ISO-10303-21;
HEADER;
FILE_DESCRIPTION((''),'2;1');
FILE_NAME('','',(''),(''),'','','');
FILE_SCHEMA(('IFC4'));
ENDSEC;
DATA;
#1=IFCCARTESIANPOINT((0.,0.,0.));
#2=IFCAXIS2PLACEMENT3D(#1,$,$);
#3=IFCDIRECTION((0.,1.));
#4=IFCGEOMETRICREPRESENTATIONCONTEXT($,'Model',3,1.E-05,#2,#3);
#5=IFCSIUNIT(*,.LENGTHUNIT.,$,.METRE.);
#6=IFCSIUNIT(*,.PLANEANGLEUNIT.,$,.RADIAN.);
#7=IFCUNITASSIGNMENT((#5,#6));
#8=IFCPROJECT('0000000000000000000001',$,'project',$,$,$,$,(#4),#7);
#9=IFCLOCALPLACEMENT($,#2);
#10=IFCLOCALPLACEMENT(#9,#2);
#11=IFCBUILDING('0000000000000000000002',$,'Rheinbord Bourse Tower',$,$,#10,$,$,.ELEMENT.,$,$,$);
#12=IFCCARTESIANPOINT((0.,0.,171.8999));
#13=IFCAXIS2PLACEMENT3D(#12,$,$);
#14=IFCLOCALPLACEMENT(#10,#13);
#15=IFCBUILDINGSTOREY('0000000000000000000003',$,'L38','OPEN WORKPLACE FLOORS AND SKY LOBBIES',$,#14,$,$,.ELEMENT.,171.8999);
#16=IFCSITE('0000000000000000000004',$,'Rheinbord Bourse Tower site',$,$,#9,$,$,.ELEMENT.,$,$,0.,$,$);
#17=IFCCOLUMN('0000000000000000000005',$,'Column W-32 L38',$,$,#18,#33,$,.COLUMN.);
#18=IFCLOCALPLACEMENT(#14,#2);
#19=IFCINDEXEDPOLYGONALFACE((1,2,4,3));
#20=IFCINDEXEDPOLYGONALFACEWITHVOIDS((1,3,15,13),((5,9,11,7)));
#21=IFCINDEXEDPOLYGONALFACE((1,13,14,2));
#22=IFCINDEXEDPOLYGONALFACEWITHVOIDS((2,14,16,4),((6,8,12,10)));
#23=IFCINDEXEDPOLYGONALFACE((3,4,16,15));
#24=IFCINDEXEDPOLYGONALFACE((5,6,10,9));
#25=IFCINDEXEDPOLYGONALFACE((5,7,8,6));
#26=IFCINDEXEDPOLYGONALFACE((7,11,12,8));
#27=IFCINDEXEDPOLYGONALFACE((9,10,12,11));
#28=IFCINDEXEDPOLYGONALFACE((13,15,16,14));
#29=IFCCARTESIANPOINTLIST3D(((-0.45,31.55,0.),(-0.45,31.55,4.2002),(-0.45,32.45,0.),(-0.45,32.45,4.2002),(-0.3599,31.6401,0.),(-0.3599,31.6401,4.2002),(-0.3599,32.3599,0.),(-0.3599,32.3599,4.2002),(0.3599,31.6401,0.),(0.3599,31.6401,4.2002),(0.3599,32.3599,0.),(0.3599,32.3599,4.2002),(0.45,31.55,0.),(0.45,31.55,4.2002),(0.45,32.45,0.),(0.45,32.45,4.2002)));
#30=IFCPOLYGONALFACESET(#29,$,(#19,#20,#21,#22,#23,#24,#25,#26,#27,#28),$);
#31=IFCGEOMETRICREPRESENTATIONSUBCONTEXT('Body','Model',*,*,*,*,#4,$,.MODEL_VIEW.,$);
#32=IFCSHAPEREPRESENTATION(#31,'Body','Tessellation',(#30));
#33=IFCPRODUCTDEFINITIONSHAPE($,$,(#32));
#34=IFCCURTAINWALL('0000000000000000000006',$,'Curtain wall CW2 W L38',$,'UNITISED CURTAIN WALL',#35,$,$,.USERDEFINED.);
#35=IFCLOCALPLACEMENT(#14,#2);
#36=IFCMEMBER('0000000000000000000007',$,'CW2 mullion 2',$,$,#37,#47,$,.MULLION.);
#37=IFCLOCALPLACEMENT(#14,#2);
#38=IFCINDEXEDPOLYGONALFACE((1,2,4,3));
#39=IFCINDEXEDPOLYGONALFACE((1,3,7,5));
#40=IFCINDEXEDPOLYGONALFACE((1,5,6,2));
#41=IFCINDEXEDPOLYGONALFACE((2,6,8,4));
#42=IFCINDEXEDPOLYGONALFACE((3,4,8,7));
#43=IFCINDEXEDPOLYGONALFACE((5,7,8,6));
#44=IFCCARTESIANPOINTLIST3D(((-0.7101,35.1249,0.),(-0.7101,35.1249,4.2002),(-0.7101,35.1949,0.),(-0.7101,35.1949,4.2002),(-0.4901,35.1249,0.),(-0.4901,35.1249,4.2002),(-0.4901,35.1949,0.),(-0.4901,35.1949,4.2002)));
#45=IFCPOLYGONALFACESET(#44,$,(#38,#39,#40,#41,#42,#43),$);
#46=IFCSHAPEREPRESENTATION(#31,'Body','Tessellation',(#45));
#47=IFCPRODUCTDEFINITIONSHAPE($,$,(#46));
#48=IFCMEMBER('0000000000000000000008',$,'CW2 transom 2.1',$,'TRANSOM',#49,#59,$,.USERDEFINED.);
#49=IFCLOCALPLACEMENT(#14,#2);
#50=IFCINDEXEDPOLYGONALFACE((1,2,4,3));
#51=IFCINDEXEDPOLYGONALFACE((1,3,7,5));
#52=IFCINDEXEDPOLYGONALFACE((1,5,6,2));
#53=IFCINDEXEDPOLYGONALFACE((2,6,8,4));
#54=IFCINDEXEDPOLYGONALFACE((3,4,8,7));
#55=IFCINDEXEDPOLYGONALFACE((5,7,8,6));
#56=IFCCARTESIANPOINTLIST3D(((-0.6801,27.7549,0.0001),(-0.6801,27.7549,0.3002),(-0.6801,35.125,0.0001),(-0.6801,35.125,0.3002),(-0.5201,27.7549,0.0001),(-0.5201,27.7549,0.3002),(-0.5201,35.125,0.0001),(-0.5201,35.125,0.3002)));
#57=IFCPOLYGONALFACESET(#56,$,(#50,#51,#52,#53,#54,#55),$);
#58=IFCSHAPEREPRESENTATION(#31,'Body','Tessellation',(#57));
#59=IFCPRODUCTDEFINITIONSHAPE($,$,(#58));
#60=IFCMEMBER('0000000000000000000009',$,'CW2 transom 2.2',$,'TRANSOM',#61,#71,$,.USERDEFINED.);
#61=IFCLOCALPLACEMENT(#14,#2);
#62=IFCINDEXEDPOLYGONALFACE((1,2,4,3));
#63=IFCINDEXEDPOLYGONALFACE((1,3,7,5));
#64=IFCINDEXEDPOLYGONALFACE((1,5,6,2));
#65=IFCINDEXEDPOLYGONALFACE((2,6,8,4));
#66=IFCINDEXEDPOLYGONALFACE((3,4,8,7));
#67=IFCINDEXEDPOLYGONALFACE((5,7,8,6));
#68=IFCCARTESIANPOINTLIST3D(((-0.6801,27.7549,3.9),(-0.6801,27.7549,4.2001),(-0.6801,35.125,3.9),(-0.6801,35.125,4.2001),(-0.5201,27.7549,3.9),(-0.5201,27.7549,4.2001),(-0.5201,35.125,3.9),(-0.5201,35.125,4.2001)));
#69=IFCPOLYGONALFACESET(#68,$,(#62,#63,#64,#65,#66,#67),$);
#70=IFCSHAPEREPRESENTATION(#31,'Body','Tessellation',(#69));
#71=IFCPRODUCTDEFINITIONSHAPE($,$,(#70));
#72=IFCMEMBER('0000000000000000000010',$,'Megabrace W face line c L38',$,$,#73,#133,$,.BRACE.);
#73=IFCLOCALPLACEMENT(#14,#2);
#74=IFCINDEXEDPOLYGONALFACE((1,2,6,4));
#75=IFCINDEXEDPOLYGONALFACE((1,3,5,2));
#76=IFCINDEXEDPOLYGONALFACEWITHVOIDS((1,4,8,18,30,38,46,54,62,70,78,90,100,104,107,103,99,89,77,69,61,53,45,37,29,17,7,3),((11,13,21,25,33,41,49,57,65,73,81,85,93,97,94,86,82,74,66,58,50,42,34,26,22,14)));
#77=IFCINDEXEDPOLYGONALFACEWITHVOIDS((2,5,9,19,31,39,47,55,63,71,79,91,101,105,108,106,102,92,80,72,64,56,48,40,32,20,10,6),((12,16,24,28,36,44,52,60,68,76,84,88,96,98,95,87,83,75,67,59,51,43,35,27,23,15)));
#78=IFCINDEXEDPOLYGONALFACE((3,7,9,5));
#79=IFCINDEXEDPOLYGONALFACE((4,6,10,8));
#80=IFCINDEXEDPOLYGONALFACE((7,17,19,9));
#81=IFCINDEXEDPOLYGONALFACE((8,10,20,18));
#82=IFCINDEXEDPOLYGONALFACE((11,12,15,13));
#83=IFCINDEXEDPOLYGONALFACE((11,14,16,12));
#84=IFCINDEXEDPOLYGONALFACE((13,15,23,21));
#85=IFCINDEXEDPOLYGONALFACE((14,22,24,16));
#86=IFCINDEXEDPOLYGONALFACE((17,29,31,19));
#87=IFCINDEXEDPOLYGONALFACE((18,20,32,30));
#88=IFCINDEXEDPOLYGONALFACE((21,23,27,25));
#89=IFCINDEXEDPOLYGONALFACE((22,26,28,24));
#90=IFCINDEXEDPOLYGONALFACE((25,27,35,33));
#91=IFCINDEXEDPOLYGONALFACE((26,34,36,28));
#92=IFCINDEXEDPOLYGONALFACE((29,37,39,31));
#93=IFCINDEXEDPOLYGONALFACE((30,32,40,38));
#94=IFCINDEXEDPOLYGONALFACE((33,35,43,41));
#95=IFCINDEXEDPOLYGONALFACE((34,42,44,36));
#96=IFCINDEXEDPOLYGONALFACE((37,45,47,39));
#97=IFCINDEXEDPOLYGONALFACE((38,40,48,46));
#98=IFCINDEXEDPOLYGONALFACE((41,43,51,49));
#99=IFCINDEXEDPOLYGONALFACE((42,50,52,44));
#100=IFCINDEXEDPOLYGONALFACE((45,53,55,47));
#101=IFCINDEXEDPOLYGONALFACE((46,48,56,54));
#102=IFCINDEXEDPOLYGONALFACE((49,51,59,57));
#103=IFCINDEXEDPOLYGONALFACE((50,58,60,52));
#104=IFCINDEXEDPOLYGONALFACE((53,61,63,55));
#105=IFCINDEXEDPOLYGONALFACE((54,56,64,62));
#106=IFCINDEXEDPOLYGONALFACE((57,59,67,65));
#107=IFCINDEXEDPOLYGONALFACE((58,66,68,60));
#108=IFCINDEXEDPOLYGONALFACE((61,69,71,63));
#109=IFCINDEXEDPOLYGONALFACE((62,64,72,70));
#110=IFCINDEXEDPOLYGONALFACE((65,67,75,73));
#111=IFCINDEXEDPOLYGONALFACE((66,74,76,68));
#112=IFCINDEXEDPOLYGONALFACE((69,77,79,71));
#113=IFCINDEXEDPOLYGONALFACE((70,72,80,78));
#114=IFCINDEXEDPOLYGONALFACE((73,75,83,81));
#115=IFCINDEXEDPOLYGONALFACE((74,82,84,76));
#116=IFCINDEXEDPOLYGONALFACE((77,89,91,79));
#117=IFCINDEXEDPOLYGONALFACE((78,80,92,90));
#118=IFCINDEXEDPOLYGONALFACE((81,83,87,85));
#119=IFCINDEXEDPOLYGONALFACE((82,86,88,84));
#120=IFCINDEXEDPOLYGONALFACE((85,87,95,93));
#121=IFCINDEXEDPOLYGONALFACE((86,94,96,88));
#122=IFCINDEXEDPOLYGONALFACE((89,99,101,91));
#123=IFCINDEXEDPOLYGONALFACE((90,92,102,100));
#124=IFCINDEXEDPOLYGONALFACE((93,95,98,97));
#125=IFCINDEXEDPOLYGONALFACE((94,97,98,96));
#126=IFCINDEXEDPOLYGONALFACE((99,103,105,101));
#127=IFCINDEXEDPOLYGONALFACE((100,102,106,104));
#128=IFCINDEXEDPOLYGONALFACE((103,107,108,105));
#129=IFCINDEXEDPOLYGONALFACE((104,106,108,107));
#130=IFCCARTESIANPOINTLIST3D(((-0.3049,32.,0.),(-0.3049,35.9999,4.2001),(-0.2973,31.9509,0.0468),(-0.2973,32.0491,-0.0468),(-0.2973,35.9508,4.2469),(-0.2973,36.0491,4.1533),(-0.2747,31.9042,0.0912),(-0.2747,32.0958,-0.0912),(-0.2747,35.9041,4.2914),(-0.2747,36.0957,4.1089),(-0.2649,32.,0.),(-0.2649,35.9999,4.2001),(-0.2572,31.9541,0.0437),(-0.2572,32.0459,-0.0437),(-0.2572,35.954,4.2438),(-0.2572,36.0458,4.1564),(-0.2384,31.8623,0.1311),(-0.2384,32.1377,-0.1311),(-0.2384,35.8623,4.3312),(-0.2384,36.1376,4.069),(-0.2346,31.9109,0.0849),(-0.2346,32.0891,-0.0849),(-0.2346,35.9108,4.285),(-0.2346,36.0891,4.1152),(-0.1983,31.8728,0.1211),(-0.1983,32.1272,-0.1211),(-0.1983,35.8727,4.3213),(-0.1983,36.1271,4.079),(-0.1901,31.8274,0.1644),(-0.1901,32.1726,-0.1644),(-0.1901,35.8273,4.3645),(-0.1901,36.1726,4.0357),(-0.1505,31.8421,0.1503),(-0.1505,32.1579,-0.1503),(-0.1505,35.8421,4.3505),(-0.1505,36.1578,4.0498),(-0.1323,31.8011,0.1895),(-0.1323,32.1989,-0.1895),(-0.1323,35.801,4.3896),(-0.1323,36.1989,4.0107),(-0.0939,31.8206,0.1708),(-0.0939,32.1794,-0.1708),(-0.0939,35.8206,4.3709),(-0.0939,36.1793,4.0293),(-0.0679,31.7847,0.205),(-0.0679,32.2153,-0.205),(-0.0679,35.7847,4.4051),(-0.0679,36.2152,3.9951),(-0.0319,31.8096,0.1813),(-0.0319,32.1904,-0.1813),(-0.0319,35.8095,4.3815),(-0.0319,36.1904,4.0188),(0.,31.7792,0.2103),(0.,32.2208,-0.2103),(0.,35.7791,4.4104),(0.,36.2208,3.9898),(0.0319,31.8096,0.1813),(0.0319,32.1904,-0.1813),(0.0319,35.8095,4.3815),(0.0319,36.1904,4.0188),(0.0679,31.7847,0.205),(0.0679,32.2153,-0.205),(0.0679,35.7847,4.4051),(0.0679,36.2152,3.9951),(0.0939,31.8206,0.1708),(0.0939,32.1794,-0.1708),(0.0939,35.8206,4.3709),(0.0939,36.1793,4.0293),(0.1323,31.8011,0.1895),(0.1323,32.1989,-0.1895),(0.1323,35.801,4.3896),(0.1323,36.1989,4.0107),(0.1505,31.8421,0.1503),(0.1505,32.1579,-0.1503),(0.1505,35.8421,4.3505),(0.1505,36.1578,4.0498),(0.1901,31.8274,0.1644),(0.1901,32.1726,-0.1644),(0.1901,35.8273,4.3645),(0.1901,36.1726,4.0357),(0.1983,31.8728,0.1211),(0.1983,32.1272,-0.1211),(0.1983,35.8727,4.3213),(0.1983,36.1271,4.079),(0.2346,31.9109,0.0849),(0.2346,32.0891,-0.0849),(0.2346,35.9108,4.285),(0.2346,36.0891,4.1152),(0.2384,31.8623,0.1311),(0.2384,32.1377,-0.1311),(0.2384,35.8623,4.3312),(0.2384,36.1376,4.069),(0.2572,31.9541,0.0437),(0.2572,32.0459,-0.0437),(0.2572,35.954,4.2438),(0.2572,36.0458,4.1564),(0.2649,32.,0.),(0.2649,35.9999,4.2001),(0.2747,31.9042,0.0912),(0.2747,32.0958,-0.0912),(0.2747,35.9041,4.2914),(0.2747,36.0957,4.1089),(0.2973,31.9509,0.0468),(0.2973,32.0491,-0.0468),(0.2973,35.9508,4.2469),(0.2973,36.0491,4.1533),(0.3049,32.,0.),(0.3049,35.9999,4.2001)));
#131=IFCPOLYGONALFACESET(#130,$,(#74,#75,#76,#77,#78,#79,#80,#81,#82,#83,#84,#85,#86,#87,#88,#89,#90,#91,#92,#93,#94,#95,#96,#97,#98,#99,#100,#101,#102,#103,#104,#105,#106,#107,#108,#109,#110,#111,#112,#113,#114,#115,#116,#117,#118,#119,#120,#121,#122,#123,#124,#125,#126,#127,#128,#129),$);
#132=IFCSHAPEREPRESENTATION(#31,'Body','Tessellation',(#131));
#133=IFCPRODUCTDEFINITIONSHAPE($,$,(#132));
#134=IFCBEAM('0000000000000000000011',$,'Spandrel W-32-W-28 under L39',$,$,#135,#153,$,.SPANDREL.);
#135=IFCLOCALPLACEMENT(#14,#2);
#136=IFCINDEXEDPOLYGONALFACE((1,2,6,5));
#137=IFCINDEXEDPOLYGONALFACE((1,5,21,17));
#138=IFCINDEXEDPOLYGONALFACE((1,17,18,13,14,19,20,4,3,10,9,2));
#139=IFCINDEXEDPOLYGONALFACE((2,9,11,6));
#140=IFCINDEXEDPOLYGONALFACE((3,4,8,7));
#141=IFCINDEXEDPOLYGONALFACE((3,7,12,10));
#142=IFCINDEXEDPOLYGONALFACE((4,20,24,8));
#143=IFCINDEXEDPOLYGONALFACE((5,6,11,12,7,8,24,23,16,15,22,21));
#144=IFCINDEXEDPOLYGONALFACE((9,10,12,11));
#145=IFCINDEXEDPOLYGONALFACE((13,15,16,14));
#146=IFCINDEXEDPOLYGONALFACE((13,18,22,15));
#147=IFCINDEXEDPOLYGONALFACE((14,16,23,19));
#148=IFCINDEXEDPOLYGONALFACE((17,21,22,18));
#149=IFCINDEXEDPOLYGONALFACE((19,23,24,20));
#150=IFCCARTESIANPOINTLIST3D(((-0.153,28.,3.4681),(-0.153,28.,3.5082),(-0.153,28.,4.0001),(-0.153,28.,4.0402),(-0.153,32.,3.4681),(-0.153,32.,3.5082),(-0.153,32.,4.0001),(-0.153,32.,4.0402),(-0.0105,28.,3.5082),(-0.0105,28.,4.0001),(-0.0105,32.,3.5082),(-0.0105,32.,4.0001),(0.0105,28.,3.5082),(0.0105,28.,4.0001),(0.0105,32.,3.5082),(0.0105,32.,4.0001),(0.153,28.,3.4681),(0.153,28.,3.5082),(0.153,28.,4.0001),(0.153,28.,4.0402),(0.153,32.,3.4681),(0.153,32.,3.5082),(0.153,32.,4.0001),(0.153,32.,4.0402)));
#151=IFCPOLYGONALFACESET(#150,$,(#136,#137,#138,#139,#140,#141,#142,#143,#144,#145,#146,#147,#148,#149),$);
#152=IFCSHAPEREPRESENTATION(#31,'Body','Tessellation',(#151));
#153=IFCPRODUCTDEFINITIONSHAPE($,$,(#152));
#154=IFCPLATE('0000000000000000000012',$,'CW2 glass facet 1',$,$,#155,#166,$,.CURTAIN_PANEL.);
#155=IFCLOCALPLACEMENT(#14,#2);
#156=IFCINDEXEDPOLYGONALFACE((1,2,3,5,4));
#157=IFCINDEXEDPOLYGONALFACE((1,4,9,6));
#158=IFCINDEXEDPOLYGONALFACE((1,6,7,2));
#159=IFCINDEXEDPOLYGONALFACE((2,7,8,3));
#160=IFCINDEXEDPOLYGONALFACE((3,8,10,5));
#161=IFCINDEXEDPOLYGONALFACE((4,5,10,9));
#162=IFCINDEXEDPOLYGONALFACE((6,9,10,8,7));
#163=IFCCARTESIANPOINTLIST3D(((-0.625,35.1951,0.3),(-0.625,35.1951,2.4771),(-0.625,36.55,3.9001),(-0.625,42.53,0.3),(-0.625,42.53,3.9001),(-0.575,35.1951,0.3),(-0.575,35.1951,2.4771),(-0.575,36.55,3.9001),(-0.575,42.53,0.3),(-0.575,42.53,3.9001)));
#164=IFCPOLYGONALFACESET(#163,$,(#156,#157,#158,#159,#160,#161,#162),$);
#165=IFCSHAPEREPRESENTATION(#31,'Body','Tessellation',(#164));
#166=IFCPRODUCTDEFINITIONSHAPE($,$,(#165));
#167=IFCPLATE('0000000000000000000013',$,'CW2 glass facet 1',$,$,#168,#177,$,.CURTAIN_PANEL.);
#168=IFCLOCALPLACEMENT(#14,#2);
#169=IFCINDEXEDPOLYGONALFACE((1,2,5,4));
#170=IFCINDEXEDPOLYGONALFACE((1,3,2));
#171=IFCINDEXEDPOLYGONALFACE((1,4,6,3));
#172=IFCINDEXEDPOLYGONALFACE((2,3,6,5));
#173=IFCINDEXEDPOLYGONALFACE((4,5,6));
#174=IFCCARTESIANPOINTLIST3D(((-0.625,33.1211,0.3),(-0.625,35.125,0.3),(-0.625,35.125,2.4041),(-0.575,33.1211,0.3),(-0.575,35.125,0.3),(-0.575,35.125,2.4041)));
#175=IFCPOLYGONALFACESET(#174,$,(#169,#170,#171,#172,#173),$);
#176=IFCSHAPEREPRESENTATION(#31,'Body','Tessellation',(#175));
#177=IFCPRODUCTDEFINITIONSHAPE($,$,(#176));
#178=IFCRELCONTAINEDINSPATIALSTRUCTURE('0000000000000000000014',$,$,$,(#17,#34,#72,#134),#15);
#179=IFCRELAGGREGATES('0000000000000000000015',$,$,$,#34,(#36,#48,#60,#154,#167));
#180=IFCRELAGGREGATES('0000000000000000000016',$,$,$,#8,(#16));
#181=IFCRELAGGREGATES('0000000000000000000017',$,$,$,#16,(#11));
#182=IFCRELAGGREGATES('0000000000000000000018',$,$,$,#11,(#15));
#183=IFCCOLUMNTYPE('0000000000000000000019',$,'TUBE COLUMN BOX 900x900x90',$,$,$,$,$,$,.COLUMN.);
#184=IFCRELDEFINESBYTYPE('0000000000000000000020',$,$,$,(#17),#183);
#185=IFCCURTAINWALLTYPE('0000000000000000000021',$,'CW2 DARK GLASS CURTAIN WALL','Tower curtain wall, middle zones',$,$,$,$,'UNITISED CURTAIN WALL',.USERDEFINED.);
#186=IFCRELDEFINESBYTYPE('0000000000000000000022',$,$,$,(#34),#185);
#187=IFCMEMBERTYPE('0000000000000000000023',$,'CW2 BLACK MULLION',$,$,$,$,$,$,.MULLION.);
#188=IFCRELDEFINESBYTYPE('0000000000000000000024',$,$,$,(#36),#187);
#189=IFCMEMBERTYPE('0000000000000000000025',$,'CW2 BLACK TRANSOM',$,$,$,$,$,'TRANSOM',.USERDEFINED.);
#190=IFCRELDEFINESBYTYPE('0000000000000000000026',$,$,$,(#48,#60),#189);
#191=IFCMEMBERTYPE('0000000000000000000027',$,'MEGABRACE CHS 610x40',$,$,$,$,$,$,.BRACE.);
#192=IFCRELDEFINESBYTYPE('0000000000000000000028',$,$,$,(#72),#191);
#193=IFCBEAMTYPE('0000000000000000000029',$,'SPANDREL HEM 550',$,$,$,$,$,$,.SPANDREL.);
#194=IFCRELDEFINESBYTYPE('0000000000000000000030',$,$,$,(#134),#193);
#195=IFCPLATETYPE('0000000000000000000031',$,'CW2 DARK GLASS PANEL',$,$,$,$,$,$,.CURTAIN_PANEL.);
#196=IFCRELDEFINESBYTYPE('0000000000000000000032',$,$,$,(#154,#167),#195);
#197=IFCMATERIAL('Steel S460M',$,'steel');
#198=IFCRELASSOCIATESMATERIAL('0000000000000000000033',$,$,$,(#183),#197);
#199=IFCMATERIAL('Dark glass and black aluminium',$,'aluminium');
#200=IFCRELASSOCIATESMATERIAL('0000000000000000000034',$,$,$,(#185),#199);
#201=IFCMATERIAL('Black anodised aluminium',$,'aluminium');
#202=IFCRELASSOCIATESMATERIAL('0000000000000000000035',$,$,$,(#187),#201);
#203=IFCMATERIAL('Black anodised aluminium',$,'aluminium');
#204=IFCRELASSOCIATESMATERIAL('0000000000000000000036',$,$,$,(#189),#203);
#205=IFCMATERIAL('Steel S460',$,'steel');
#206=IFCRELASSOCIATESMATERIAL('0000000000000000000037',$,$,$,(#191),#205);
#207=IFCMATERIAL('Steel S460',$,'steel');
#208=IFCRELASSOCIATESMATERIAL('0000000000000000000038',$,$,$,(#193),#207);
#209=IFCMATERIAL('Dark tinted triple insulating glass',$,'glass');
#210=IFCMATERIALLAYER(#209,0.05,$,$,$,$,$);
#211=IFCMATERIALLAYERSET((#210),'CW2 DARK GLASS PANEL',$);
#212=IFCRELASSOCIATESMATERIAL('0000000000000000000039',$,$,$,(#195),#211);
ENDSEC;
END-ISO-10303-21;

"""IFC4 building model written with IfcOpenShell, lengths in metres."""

from ifc_helpers import new_model, si_unit, direction, frame, origin, origin_2d, place, context, subcontext, project, spatial, polyline, rectangle, hollow_rectangle, hollow_circle, i_section, outline, extrude, material, layer, layer_set, material_profile, profile_set, type_object, element, aggregate, save


model = new_model("IFC4")

# Units and contexts
model_context = context("Model", 3, precision=1e-05, world=origin(), true_north=direction((0.0, 1.0)))
body_context = subcontext(model_context, "Body", "Model", "MODEL_VIEW")
ifc_project = project(units=[si_unit("LENGTHUNIT", "METRE"), si_unit("PLANEANGLEUNIT", "RADIAN")], contexts=[model_context])

# Site, building, storey
site_placement = place(None, origin())
site = spatial("IfcSite", under=ifc_project, at=site_placement, Name="Rheinbord Bourse Tower site", CompositionType="ELEMENT", RefElevation=0.0)
building_placement = place(site_placement, origin())
building = spatial("IfcBuilding", under=site, at=building_placement, Name="Rheinbord Bourse Tower", CompositionType="ELEMENT")
storey_placement = place(building_placement, frame((0.0, 0.0, 171.8999)))
storey = spatial("IfcBuildingStorey", under=building, at=storey_placement, Name="L38", Description="OPEN WORKPLACE FLOORS AND SKY LOBBIES", CompositionType="ELEMENT", Elevation=171.8999)

# Column
ifc_material_1 = material(Name="Steel S460M", Category="steel")
ifc_material_profile_1 = material_profile(ifc_material_1, hollow_rectangle(XDim=0.8999, YDim=0.8999, WallThickness=0.0901, at=origin_2d()), Name="BOX 900x900x90")
ifc_profile_set_1 = profile_set([ifc_material_profile_1], Name="Steel S460M")
column_type = type_object("IfcColumnType", Name="TUBE COLUMN BOX 900x900x90", PredefinedType="COLUMN", material=ifc_profile_set_1)
column_placement = place(storey_placement, frame((0.0, 32.0, 0.0), z_axis=(0.0, 0.0, 1.0), x_axis=(1.0, 0.0, 0.0)))
element("IfcColumn", 1, at=column_placement, inside=storey, type_object=column_type, Name="Column W-32 L38", PredefinedType="COLUMN", context=body_context, shape_type="SweptSolid", body=[
    extrude(hollow_rectangle(XDim=0.8999, YDim=0.8999, WallThickness=0.0901, at=origin_2d()), origin(), (0.0, 0.0, 1.0), 4.2002),
])

# Curtain wall, members
ifc_material_2 = material(Name="Dark glass and black aluminium", Category="aluminium")
curtain_wall_type = type_object("IfcCurtainWallType", Name="CW2 DARK GLASS CURTAIN WALL", Description="Tower curtain wall, middle zones", ElementType="UNITISED CURTAIN WALL", PredefinedType="USERDEFINED", material=ifc_material_2)
curtain_wall_placement = place(storey_placement, origin())
curtain_wall = element("IfcCurtainWall", 2, at=curtain_wall_placement, inside=storey, type_object=curtain_wall_type, Name="Curtain wall CW2 W L38", ObjectType="UNITISED CURTAIN WALL", PredefinedType="USERDEFINED")
ifc_material_3 = material(Name="Black anodised aluminium", Category="aluminium")
ifc_material_profile_2 = material_profile(ifc_material_3, rectangle(XDim=0.22, YDim=0.0701, at=origin_2d()), Name="CW2 MULLION 70x220")
ifc_profile_set_2 = profile_set([ifc_material_profile_2], Name="Black anodised aluminium")
member_type_1 = type_object("IfcMemberType", Name="CW2 BLACK MULLION", PredefinedType="MULLION", material=ifc_profile_set_2)
member_1_placement = place(storey_placement, frame((-0.6001, 35.1599, 0.0), z_axis=(0.0, 0.0, 1.0), x_axis=(1.0, 0.0, 0.0)))
member_1 = element("IfcMember", 3, at=member_1_placement, type_object=member_type_1, Name="CW2 mullion 2", PredefinedType="MULLION", context=body_context, shape_type="SweptSolid", body=[
    extrude(rectangle(XDim=0.22, YDim=0.0701, at=origin_2d()), origin(), (0.0, 0.0, 1.0), 4.2002),
])
ifc_material_4 = material(Name="Black anodised aluminium", Category="aluminium")
ifc_material_profile_3 = material_profile(ifc_material_4, rectangle(XDim=0.1599, YDim=0.3, at=origin_2d()), Name="CW2 TRANSOM 300x160")
ifc_profile_set_3 = profile_set([ifc_material_profile_3], Name="Black anodised aluminium")
member_type_2 = type_object("IfcMemberType", Name="CW2 BLACK TRANSOM", ElementType="TRANSOM", PredefinedType="USERDEFINED", material=ifc_profile_set_3)
member_2_placement = place(storey_placement, frame((-0.6001, 35.125, 0.1501), z_axis=(0.0, -1.0, 0.0), x_axis=(1.0, 0.0, 0.0)))
member_2 = element("IfcMember", 4, at=member_2_placement, type_object=member_type_2, Name="CW2 transom 2.1", ObjectType="TRANSOM", PredefinedType="USERDEFINED", context=body_context, shape_type="SweptSolid", body=[
    extrude(rectangle(XDim=0.1599, YDim=0.3, at=origin_2d()), origin(), (0.0, 0.0, 1.0), 7.3701),
])
member_3_placement = place(storey_placement, frame((-0.6001, 35.125, 4.05), z_axis=(0.0, -1.0, 0.0), x_axis=(1.0, 0.0, 0.0)))
member_3 = element("IfcMember", 5, at=member_3_placement, type_object=member_type_2, Name="CW2 transom 2.2", ObjectType="TRANSOM", PredefinedType="USERDEFINED", context=body_context, shape_type="SweptSolid", body=[
    extrude(rectangle(XDim=0.1599, YDim=0.3, at=origin_2d()), origin(), (0.0, 0.0, 1.0), 7.3701),
])

# Member
ifc_material_5 = material(Name="Steel S460", Category="steel")
ifc_material_profile_4 = material_profile(ifc_material_5, hollow_circle(Radius=0.3049, WallThickness=0.04, at=origin_2d()), Name="CHS 610x40")
ifc_profile_set_4 = profile_set([ifc_material_profile_4], Name="Steel S460")
member_type_3 = type_object("IfcMemberType", Name="MEGABRACE CHS 610x40", PredefinedType="BRACE", material=ifc_profile_set_4)
member_4_placement = place(storey_placement, frame((0.0, 32.0, 0.0), z_axis=(0.0, 0.689638, 0.724154), x_axis=(-1.0, 0.0, 0.0)))
element("IfcMember", 6, at=member_4_placement, inside=storey, type_object=member_type_3, Name="Megabrace W face line c L38", PredefinedType="BRACE", context=body_context, shape_type="SweptSolid", body=[
    extrude(hollow_circle(Radius=0.3049, WallThickness=0.04, at=origin_2d()), origin(), (0.0, 0.0, 1.0), 5.8),
])

# Beam
ifc_material_6 = material(Name="Steel S460", Category="steel")
ifc_material_profile_5 = material_profile(ifc_material_6, i_section(OverallWidth=0.3059, OverallDepth=0.572, WebThickness=0.021, FlangeThickness=0.04, at=origin_2d()), Name="HEM 550")
ifc_profile_set_5 = profile_set([ifc_material_profile_5], Name="Steel S460")
beam_type = type_object("IfcBeamType", Name="SPANDREL HEM 550", PredefinedType="SPANDREL", material=ifc_profile_set_5)
beam_placement = place(storey_placement, frame((0.0, 32.0, 3.7542), z_axis=(0.0, -1.0, 0.0), x_axis=(1.0, 0.0, 0.0)))
element("IfcBeam", 7, at=beam_placement, inside=storey, type_object=beam_type, Name="Spandrel W-32-W-28 under L39", PredefinedType="SPANDREL", context=body_context, shape_type="SweptSolid", body=[
    extrude(i_section(OverallWidth=0.3059, OverallDepth=0.572, WebThickness=0.021, FlangeThickness=0.04, at=origin_2d()), origin(), (0.0, 0.0, 1.0), 4.0),
])

# Plates
ifc_material_7 = material(Name="Dark tinted triple insulating glass", Category="glass")
ifc_layer = layer(ifc_material_7, 0.05)
ifc_layer_set = layer_set([ifc_layer], Name="CW2 DARK GLASS PANEL")
plate_type = type_object("IfcPlateType", Name="CW2 DARK GLASS PANEL", PredefinedType="CURTAIN_PANEL", material=ifc_layer_set)
plate_1_placement = place(storey_placement, frame((-0.625, 35.1951, 0.3), z_axis=(1.0, 0.0, 0.0), x_axis=(0.0, 1.0, 0.0)))
plate_1 = element("IfcPlate", 8, at=plate_1_placement, type_object=plate_type, Name="CW2 glass facet 1", PredefinedType="CURTAIN_PANEL", context=body_context, shape_type="SweptSolid", body=[
    extrude(outline(polyline([(0.0, 0.0), (7.335, 0.0), (7.335, 3.6001), (1.355, 3.6001), (0.0, 2.177), (0.0, 0.0)])), origin(), (0.0, 0.0, 1.0), 0.05),
])
plate_2_placement = place(storey_placement, frame((-0.625, 35.125, 0.3), z_axis=(1.0, 0.0, 0.0), x_axis=(0.0, 0.0, 1.0)))
plate_2 = element("IfcPlate", 9, at=plate_2_placement, type_object=plate_type, Name="CW2 glass facet 1", PredefinedType="CURTAIN_PANEL", context=body_context, shape_type="SweptSolid", body=[
    extrude(outline(polyline([(0.0, 0.0), (2.104, 0.0), (0.0, 2.0039), (0.0, 0.0)])), origin(), (0.0, 0.0, 1.0), 0.05),
])
aggregate(curtain_wall, [member_1, member_2, member_3, plate_1, plate_2])

save(model, "model.ifc")
